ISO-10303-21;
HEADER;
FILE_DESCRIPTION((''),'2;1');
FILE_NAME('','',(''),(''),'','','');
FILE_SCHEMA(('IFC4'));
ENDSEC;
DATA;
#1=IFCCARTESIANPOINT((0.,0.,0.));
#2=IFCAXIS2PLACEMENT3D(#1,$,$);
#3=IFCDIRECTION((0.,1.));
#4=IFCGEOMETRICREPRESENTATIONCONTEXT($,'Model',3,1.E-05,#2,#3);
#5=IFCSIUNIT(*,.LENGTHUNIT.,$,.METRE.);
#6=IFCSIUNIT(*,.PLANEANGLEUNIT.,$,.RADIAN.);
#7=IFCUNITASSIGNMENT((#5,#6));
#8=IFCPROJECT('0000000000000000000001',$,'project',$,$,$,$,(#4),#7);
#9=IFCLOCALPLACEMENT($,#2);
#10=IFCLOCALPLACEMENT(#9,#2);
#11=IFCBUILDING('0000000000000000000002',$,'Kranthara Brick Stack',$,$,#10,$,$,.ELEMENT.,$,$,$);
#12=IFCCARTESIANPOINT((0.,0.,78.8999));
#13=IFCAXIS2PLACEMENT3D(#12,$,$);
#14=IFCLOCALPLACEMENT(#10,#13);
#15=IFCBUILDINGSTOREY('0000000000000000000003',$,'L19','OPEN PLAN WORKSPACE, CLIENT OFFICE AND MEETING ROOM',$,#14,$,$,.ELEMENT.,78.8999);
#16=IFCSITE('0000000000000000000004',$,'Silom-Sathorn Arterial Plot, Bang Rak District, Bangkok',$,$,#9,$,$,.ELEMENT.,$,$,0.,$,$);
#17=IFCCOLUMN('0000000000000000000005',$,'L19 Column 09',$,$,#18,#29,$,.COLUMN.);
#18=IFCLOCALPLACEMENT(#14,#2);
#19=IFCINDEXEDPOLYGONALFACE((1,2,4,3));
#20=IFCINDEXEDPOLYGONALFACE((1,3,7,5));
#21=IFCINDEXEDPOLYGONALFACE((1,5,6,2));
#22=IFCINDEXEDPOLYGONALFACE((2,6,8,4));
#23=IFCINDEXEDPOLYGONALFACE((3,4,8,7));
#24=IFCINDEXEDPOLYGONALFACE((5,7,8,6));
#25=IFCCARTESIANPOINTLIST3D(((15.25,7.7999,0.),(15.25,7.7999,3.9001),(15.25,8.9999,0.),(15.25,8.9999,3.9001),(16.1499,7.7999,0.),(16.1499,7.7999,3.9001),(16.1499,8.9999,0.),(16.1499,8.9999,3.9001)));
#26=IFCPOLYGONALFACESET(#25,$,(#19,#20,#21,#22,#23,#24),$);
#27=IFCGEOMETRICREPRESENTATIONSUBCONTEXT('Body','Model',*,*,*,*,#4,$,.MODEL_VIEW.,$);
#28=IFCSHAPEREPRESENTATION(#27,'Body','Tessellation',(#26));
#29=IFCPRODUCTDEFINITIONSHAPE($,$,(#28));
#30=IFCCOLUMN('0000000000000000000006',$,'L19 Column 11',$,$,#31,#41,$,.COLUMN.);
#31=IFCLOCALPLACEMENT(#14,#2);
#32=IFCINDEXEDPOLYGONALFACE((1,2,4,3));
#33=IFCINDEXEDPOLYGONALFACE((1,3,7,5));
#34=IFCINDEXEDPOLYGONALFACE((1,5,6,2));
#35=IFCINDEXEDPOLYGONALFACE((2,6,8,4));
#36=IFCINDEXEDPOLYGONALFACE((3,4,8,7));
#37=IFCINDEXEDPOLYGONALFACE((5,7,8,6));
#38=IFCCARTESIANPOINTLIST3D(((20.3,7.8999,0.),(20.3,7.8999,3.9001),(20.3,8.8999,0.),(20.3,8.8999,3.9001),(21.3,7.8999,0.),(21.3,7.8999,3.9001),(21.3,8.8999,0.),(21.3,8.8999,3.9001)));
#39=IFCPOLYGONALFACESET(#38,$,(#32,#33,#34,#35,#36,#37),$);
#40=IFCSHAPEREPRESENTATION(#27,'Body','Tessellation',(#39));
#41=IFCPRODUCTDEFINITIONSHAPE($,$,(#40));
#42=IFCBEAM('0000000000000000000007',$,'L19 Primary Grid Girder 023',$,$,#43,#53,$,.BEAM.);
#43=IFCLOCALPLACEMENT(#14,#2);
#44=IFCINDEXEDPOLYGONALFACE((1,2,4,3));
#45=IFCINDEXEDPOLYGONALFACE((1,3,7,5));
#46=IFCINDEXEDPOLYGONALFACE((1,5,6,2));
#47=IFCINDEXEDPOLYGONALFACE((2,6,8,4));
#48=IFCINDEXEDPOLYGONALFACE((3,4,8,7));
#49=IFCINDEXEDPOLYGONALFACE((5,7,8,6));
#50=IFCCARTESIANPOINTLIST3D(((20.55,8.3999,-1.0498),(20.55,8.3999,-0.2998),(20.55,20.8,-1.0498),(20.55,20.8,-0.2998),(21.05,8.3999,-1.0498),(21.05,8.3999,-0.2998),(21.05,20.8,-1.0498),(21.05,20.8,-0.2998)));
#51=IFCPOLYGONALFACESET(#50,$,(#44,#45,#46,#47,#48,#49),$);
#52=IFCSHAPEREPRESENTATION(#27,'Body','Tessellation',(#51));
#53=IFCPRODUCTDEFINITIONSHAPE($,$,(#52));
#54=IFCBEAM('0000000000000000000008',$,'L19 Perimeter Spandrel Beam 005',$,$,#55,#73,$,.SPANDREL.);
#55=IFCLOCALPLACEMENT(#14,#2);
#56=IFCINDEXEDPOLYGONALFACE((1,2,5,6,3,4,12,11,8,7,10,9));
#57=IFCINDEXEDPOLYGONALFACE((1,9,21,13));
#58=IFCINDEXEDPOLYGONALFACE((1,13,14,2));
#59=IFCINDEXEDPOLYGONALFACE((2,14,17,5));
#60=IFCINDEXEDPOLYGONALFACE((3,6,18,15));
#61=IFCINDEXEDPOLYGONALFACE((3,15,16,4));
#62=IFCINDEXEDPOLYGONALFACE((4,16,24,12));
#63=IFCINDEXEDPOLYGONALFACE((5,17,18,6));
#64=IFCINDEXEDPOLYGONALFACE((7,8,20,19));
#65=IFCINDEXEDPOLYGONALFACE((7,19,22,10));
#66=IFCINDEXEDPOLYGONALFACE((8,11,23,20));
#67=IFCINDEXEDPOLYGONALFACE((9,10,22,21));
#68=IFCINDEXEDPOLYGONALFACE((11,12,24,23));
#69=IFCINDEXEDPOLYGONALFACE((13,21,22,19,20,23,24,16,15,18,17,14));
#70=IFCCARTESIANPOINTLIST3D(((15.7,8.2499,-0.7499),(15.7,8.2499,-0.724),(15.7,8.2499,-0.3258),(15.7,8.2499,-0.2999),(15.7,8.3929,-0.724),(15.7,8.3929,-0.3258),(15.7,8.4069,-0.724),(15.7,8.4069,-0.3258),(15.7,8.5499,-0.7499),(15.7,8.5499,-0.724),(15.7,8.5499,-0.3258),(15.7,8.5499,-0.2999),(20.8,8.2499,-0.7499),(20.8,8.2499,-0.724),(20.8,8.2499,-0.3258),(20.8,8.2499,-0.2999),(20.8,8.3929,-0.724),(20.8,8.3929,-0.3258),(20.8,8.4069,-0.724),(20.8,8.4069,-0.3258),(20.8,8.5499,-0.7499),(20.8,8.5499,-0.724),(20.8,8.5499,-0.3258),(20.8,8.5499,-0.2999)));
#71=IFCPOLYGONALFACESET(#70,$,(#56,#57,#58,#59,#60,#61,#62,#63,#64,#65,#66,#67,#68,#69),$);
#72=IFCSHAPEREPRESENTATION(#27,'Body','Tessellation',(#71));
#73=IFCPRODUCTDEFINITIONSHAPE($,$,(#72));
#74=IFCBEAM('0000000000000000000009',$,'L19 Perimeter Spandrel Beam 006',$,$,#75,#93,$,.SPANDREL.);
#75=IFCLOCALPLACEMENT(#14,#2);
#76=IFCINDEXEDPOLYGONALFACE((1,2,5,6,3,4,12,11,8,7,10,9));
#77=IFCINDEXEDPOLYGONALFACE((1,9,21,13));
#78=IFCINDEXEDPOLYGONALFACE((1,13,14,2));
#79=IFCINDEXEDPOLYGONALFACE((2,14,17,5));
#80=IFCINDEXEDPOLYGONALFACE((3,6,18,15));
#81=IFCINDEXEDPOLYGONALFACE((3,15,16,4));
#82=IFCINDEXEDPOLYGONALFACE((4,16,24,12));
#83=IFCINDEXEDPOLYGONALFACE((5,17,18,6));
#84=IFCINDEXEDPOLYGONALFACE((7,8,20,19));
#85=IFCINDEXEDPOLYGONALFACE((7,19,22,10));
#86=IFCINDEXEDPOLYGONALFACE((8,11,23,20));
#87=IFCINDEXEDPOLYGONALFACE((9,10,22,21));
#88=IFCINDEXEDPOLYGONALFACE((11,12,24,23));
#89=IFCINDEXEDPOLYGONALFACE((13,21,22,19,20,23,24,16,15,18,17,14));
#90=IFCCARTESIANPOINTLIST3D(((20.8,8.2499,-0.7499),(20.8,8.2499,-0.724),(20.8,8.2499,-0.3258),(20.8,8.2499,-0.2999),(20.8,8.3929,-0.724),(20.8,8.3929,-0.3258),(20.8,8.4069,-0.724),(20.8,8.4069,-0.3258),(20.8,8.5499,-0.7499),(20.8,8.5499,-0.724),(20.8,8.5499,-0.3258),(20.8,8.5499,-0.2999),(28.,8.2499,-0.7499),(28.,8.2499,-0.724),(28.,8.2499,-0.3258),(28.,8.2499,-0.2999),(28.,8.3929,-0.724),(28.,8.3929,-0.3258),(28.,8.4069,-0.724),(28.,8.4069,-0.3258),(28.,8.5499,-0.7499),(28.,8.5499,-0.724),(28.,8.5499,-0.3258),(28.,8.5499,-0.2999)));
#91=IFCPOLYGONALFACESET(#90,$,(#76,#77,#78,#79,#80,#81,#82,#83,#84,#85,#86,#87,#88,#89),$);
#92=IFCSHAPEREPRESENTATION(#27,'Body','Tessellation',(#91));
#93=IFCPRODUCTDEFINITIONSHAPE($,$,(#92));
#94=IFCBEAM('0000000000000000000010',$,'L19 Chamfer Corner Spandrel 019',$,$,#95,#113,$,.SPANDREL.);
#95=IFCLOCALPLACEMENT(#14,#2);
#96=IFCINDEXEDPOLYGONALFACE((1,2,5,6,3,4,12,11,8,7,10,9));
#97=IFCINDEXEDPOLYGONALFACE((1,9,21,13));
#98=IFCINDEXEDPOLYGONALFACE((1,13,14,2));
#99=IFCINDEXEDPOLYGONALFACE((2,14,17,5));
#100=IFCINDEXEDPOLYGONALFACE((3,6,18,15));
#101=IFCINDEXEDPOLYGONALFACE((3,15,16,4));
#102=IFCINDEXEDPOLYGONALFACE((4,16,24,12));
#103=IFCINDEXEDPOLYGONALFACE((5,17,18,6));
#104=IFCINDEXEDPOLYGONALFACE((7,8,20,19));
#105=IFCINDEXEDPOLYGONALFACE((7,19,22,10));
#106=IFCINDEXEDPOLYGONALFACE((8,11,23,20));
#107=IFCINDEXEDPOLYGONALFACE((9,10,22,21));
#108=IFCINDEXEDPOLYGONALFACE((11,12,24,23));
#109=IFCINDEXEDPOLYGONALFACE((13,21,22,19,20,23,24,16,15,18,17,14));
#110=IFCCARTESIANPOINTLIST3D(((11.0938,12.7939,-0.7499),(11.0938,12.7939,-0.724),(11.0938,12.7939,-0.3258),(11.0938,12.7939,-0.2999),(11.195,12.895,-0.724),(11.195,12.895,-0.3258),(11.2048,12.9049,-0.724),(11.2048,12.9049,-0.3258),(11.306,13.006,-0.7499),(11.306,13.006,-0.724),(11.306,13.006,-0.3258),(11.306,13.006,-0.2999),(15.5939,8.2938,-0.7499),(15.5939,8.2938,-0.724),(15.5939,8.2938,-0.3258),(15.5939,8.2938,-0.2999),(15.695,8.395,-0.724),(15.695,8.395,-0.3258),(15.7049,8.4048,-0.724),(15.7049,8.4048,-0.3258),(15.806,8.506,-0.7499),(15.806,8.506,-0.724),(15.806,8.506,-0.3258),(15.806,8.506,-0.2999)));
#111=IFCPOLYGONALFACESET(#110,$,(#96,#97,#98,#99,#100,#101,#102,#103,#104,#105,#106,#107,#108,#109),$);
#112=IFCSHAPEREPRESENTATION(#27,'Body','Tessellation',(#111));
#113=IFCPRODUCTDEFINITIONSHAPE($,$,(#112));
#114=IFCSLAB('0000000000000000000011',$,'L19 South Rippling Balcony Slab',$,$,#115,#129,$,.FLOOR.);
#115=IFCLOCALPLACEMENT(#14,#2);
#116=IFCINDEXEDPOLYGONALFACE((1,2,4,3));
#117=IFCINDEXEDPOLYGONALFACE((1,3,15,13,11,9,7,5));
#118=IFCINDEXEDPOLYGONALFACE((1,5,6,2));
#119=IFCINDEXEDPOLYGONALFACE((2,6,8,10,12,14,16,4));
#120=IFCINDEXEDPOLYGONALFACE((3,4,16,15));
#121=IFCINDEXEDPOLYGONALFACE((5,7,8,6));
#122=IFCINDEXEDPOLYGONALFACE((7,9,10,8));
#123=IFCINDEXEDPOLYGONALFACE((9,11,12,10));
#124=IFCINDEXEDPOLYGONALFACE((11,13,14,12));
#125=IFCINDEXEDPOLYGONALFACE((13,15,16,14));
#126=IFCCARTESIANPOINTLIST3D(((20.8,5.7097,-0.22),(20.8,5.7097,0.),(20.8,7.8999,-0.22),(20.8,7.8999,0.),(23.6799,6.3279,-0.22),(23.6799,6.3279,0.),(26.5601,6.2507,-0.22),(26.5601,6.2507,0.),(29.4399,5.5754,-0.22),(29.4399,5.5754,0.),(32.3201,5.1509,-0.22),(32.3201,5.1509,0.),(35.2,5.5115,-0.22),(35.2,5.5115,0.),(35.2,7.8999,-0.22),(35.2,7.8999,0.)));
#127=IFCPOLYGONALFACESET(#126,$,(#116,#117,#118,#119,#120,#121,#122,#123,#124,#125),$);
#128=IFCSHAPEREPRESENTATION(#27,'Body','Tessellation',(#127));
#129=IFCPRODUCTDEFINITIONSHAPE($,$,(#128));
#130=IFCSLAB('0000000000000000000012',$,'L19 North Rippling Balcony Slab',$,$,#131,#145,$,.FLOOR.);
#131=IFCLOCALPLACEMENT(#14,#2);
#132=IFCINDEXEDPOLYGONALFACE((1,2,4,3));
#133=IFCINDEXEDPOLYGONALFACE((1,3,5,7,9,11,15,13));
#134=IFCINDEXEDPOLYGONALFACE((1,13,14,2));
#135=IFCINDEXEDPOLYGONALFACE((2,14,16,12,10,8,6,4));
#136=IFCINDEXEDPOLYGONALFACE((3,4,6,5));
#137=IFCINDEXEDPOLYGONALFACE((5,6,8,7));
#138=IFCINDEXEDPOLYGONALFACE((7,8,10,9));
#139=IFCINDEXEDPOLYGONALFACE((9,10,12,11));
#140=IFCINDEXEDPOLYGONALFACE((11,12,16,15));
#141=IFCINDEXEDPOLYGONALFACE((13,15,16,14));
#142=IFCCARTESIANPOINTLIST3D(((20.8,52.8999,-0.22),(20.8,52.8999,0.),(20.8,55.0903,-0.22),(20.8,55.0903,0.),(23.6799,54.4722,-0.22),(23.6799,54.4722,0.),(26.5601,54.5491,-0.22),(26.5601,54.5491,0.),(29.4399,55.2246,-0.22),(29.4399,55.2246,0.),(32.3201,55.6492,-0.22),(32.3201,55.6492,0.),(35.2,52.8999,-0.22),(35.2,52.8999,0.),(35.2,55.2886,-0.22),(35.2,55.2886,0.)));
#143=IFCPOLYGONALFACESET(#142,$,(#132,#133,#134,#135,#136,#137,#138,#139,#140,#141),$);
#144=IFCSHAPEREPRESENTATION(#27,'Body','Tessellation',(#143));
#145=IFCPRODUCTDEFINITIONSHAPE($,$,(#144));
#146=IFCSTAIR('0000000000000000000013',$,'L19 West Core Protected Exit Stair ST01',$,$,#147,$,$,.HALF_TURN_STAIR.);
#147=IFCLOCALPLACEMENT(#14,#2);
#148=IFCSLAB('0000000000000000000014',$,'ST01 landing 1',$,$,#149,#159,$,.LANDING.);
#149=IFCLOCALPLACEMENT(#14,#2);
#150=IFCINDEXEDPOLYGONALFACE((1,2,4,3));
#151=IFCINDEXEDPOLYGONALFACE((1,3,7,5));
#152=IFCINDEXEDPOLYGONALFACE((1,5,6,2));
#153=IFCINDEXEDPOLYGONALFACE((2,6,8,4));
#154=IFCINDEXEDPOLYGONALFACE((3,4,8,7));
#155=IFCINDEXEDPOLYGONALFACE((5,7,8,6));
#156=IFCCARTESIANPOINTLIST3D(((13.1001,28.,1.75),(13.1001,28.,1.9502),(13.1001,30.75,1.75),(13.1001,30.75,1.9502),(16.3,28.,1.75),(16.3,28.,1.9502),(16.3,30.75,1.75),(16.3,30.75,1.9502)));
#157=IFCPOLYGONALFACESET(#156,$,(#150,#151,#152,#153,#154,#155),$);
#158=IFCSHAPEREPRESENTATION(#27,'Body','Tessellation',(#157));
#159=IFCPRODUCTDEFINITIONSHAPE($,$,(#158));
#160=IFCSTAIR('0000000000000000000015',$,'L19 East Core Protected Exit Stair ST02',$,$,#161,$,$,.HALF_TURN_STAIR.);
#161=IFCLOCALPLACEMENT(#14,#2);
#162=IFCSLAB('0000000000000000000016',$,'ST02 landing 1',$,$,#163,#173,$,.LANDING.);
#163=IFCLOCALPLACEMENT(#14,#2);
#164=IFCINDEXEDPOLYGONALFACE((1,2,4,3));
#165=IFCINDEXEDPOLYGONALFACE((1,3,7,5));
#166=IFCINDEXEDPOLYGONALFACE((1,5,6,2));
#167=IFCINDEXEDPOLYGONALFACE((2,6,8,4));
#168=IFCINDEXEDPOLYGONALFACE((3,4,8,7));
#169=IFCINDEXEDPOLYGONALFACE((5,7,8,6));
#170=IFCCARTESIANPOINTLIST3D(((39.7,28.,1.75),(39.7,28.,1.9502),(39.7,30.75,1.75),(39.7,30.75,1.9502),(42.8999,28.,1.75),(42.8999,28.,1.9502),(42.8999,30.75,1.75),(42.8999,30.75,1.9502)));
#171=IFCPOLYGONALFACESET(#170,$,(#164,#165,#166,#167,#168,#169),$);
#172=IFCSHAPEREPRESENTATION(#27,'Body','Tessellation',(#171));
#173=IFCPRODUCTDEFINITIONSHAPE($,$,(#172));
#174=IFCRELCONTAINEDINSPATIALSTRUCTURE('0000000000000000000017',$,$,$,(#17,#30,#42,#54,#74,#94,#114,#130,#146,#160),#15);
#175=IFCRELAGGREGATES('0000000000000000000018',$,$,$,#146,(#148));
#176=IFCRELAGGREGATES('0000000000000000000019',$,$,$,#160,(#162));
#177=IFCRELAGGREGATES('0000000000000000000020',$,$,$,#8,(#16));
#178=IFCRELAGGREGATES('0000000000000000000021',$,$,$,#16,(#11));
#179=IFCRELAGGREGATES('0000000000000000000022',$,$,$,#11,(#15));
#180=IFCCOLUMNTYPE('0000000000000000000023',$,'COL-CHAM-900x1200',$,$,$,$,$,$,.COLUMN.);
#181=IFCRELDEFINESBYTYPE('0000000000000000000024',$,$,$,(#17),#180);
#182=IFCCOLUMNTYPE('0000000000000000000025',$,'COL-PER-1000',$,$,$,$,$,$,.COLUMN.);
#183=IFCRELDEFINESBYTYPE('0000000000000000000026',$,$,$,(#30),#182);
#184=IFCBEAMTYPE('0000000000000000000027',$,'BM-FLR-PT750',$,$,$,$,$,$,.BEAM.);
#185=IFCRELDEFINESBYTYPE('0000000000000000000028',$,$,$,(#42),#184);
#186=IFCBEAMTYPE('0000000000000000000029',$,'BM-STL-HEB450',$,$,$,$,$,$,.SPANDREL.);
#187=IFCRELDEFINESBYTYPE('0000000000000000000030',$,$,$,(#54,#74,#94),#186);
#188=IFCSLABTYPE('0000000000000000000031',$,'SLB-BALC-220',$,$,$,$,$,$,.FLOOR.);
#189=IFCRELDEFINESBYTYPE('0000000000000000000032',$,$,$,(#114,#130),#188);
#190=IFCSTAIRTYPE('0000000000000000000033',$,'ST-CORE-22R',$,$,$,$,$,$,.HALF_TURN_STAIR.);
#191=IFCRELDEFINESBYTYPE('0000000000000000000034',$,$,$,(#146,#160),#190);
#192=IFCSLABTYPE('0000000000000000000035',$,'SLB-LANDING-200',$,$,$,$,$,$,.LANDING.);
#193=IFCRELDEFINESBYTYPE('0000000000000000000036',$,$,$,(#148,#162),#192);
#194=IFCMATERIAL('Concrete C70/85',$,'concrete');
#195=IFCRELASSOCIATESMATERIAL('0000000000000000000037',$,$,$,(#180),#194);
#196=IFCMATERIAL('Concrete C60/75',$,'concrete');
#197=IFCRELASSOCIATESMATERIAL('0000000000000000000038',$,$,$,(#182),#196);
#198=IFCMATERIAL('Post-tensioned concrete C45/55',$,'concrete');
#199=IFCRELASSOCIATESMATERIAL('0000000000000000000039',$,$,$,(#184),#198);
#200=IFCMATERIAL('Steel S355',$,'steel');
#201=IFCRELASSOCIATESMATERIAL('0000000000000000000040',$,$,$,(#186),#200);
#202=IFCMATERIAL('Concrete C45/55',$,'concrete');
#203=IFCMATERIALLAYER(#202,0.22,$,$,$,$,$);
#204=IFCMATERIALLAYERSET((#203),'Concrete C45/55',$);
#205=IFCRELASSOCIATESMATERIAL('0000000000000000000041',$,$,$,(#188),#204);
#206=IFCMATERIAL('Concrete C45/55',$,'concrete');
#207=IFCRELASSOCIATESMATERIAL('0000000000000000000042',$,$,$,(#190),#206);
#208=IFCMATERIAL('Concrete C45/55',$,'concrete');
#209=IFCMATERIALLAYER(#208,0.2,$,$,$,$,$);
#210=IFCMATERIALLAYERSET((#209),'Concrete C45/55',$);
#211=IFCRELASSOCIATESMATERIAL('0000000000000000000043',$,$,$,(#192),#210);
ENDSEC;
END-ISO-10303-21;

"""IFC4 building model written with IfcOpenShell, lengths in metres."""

from ifc_helpers import new_model, si_unit, direction, frame, origin, origin_2d, place, context, subcontext, project, spatial, polyline, rectangle, i_section, outline, extrude, material, layer, layer_set, material_profile, profile_set, type_object, element, aggregate, save


model = new_model("IFC4")

# Units and contexts
model_context = context("Model", 3, precision=1e-05, world=origin(), true_north=direction((0.0, 1.0)))
body_context = subcontext(model_context, "Body", "Model", "MODEL_VIEW")
ifc_project = project(units=[si_unit("LENGTHUNIT", "METRE"), si_unit("PLANEANGLEUNIT", "RADIAN")], contexts=[model_context])

# Site, building, storey
site_placement = place(None, origin())
site = spatial("IfcSite", under=ifc_project, at=site_placement, Name="Silom-Sathorn Arterial Plot, Bang Rak District, Bangkok", CompositionType="ELEMENT", RefElevation=0.0)
building_placement = place(site_placement, origin())
building = spatial("IfcBuilding", under=site, at=building_placement, Name="Kranthara Brick Stack", CompositionType="ELEMENT")
storey_placement = place(building_placement, frame((0.0, 0.0, 78.8999)))
storey = spatial("IfcBuildingStorey", under=building, at=storey_placement, Name="L19", Description="OPEN PLAN WORKSPACE, CLIENT OFFICE AND MEETING ROOM", CompositionType="ELEMENT", Elevation=78.8999)

# Columns
ifc_material_1 = material(Name="Concrete C70/85", Category="concrete")
ifc_material_profile_1 = material_profile(ifc_material_1, rectangle(XDim=0.8999, YDim=1.2, at=origin_2d()), Name="RC 900x1200")
ifc_profile_set_1 = profile_set([ifc_material_profile_1], Name="Concrete C70/85")
column_type_1 = type_object("IfcColumnType", Name="COL-CHAM-900x1200", PredefinedType="COLUMN", material=ifc_profile_set_1)
column_1_placement = place(storey_placement, frame((15.7, 8.3999, 0.0), z_axis=(0.0, 0.0, 1.0), x_axis=(1.0, 0.0, 0.0)))
element("IfcColumn", 1, at=column_1_placement, inside=storey, type_object=column_type_1, Name="L19 Column 09", PredefinedType="COLUMN", context=body_context, shape_type="SweptSolid", body=[
    extrude(rectangle(XDim=0.8999, YDim=1.2, at=origin_2d()), origin(), (0.0, 0.0, 1.0), 3.9001),
])
ifc_material_2 = material(Name="Concrete C60/75", Category="concrete")
ifc_material_profile_2 = material_profile(ifc_material_2, rectangle(XDim=1.0, YDim=1.0, at=origin_2d()), Name="RC 1000x1000")
ifc_profile_set_2 = profile_set([ifc_material_profile_2], Name="Concrete C60/75")
column_type_2 = type_object("IfcColumnType", Name="COL-PER-1000", PredefinedType="COLUMN", material=ifc_profile_set_2)
column_2_placement = place(storey_placement, frame((20.8, 8.3999, 0.0), z_axis=(0.0, 0.0, 1.0), x_axis=(1.0, 0.0, 0.0)))
element("IfcColumn", 2, at=column_2_placement, inside=storey, type_object=column_type_2, Name="L19 Column 11", PredefinedType="COLUMN", context=body_context, shape_type="SweptSolid", body=[
    extrude(rectangle(XDim=1.0, YDim=1.0, at=origin_2d()), origin(), (0.0, 0.0, 1.0), 3.9001),
])

# Beams
ifc_material_3 = material(Name="Post-tensioned concrete C45/55", Category="concrete")
ifc_material_profile_3 = material_profile(ifc_material_3, rectangle(XDim=0.5, YDim=0.75, at=origin_2d()), Name="PT 500x750")
ifc_profile_set_3 = profile_set([ifc_material_profile_3], Name="Post-tensioned concrete C45/55")
beam_type_1 = type_object("IfcBeamType", Name="BM-FLR-PT750", PredefinedType="BEAM", material=ifc_profile_set_3)
beam_1_placement = place(storey_placement, frame((20.8, 8.3999, -0.6748), z_axis=(0.0, 1.0, 0.0), x_axis=(-1.0, 0.0, 0.0)))
element("IfcBeam", 3, at=beam_1_placement, inside=storey, type_object=beam_type_1, Name="L19 Primary Grid Girder 023", PredefinedType="BEAM", context=body_context, shape_type="SweptSolid", body=[
    extrude(rectangle(XDim=0.5, YDim=0.75, at=origin_2d()), origin(), (0.0, 0.0, 1.0), 12.4001),
])
ifc_material_4 = material(Name="Steel S355", Category="steel")
ifc_material_profile_4 = material_profile(ifc_material_4, i_section(OverallWidth=0.3, OverallDepth=0.45, WebThickness=0.0139, FlangeThickness=0.0259, at=origin_2d()), Name="HEB 450")
ifc_profile_set_4 = profile_set([ifc_material_profile_4], Name="Steel S355")
beam_type_2 = type_object("IfcBeamType", Name="BM-STL-HEB450", PredefinedType="SPANDREL", material=ifc_profile_set_4)
beam_2_placement = place(storey_placement, frame((15.7, 8.3999, -0.5249), z_axis=(1.0, 0.0, 0.0), x_axis=(0.0, 1.0, 0.0)))
element("IfcBeam", 4, at=beam_2_placement, inside=storey, type_object=beam_type_2, Name="L19 Perimeter Spandrel Beam 005", PredefinedType="SPANDREL", context=body_context, shape_type="SweptSolid", body=[
    extrude(i_section(OverallWidth=0.3, OverallDepth=0.45, WebThickness=0.0139, FlangeThickness=0.0259, at=origin_2d()), origin(), (0.0, 0.0, 1.0), 5.1001),
])
beam_3_placement = place(storey_placement, frame((20.8, 8.3999, -0.5249), z_axis=(1.0, 0.0, 0.0), x_axis=(0.0, 1.0, 0.0)))
element("IfcBeam", 5, at=beam_3_placement, inside=storey, type_object=beam_type_2, Name="L19 Perimeter Spandrel Beam 006", PredefinedType="SPANDREL", context=body_context, shape_type="SweptSolid", body=[
    extrude(i_section(OverallWidth=0.3, OverallDepth=0.45, WebThickness=0.0139, FlangeThickness=0.0259, at=origin_2d()), origin(), (0.0, 0.0, 1.0), 7.2),
])
beam_4_placement = place(storey_placement, frame((15.7, 8.3999, -0.5249), z_axis=(-0.707107, 0.707107, 0.0), x_axis=(-0.707107, -0.707107, 0.0)))
element("IfcBeam", 6, at=beam_4_placement, inside=storey, type_object=beam_type_2, Name="L19 Chamfer Corner Spandrel 019", PredefinedType="SPANDREL", context=body_context, shape_type="SweptSolid", body=[
    extrude(i_section(OverallWidth=0.3, OverallDepth=0.45, WebThickness=0.0139, FlangeThickness=0.0259, at=origin_2d()), origin(), (0.0, 0.0, 1.0), 6.364),
])

# Slabs
ifc_material_5 = material(Name="Concrete C45/55", Category="concrete")
ifc_layer_1 = layer(ifc_material_5, 0.22)
ifc_layer_set_1 = layer_set([ifc_layer_1], Name="Concrete C45/55")
slab_type_1 = type_object("IfcSlabType", Name="SLB-BALC-220", PredefinedType="FLOOR", material=ifc_layer_set_1)
slab_1_placement = place(storey_placement, frame((0.0, 0.0, -0.22)))
element("IfcSlab", 7, at=slab_1_placement, inside=storey, type_object=slab_type_1, Name="L19 South Rippling Balcony Slab", PredefinedType="FLOOR", context=body_context, shape_type="SweptSolid", body=[
    extrude(outline(polyline([(20.8, 7.8999), (35.2, 7.8999), (35.2, 5.5115), (32.3201, 5.1509), (29.4399, 5.5754), (26.5601, 6.2507), (23.6799, 6.3279), (20.8, 5.7097), (20.8, 7.8999)])), origin(), (0.0, 0.0, 1.0), 0.22),
])
slab_2_placement = place(storey_placement, frame((0.0, 0.0, -0.22)))
element("IfcSlab", 8, at=slab_2_placement, inside=storey, type_object=slab_type_1, Name="L19 North Rippling Balcony Slab", PredefinedType="FLOOR", context=body_context, shape_type="SweptSolid", body=[
    extrude(outline(polyline([(35.2, 52.8999), (20.8, 52.8999), (20.8, 55.0903), (23.6799, 54.4722), (26.5601, 54.5491), (29.4399, 55.2246), (32.3201, 55.6492), (35.2, 55.2886), (35.2, 52.8999)])), origin(), (0.0, 0.0, 1.0), 0.22),
])

# Stairs, slabs
ifc_material_6 = material(Name="Concrete C45/55", Category="concrete")
stair_type = type_object("IfcStairType", Name="ST-CORE-22R", PredefinedType="HALF_TURN_STAIR", material=ifc_material_6)
stair_1_placement = place(storey_placement, origin())
stair_1 = element("IfcStair", 9, at=stair_1_placement, inside=storey, type_object=stair_type, Name="L19 West Core Protected Exit Stair ST01", PredefinedType="HALF_TURN_STAIR")
ifc_material_7 = material(Name="Concrete C45/55", Category="concrete")
ifc_layer_2 = layer(ifc_material_7, 0.2)
ifc_layer_set_2 = layer_set([ifc_layer_2], Name="Concrete C45/55")
slab_type_2 = type_object("IfcSlabType", Name="SLB-LANDING-200", PredefinedType="LANDING", material=ifc_layer_set_2)
slab_3_placement = place(storey_placement, frame((0.0, 0.0, 1.75)))
slab_3 = element("IfcSlab", 10, at=slab_3_placement, type_object=slab_type_2, Name="ST01 landing 1", PredefinedType="LANDING", context=body_context, shape_type="SweptSolid", body=[
    extrude(outline(polyline([(16.3, 28.0), (16.3, 30.75), (13.1001, 30.75), (13.1001, 28.0), (16.3, 28.0)])), origin(), (0.0, 0.0, 1.0), 0.2002),
])
aggregate(stair_1, [slab_3])
stair_2_placement = place(storey_placement, origin())
stair_2 = element("IfcStair", 11, at=stair_2_placement, inside=storey, type_object=stair_type, Name="L19 East Core Protected Exit Stair ST02", PredefinedType="HALF_TURN_STAIR")
slab_4_placement = place(storey_placement, frame((0.0, 0.0, 1.75)))
slab_4 = element("IfcSlab", 12, at=slab_4_placement, type_object=slab_type_2, Name="ST02 landing 1", PredefinedType="LANDING", context=body_context, shape_type="SweptSolid", body=[
    extrude(outline(polyline([(42.8999, 28.0), (42.8999, 30.75), (39.7, 30.75), (39.7, 28.0), (42.8999, 28.0)])), origin(), (0.0, 0.0, 1.0), 0.2002),
])
aggregate(stair_2, [slab_4])

save(model, "model.ifc")
